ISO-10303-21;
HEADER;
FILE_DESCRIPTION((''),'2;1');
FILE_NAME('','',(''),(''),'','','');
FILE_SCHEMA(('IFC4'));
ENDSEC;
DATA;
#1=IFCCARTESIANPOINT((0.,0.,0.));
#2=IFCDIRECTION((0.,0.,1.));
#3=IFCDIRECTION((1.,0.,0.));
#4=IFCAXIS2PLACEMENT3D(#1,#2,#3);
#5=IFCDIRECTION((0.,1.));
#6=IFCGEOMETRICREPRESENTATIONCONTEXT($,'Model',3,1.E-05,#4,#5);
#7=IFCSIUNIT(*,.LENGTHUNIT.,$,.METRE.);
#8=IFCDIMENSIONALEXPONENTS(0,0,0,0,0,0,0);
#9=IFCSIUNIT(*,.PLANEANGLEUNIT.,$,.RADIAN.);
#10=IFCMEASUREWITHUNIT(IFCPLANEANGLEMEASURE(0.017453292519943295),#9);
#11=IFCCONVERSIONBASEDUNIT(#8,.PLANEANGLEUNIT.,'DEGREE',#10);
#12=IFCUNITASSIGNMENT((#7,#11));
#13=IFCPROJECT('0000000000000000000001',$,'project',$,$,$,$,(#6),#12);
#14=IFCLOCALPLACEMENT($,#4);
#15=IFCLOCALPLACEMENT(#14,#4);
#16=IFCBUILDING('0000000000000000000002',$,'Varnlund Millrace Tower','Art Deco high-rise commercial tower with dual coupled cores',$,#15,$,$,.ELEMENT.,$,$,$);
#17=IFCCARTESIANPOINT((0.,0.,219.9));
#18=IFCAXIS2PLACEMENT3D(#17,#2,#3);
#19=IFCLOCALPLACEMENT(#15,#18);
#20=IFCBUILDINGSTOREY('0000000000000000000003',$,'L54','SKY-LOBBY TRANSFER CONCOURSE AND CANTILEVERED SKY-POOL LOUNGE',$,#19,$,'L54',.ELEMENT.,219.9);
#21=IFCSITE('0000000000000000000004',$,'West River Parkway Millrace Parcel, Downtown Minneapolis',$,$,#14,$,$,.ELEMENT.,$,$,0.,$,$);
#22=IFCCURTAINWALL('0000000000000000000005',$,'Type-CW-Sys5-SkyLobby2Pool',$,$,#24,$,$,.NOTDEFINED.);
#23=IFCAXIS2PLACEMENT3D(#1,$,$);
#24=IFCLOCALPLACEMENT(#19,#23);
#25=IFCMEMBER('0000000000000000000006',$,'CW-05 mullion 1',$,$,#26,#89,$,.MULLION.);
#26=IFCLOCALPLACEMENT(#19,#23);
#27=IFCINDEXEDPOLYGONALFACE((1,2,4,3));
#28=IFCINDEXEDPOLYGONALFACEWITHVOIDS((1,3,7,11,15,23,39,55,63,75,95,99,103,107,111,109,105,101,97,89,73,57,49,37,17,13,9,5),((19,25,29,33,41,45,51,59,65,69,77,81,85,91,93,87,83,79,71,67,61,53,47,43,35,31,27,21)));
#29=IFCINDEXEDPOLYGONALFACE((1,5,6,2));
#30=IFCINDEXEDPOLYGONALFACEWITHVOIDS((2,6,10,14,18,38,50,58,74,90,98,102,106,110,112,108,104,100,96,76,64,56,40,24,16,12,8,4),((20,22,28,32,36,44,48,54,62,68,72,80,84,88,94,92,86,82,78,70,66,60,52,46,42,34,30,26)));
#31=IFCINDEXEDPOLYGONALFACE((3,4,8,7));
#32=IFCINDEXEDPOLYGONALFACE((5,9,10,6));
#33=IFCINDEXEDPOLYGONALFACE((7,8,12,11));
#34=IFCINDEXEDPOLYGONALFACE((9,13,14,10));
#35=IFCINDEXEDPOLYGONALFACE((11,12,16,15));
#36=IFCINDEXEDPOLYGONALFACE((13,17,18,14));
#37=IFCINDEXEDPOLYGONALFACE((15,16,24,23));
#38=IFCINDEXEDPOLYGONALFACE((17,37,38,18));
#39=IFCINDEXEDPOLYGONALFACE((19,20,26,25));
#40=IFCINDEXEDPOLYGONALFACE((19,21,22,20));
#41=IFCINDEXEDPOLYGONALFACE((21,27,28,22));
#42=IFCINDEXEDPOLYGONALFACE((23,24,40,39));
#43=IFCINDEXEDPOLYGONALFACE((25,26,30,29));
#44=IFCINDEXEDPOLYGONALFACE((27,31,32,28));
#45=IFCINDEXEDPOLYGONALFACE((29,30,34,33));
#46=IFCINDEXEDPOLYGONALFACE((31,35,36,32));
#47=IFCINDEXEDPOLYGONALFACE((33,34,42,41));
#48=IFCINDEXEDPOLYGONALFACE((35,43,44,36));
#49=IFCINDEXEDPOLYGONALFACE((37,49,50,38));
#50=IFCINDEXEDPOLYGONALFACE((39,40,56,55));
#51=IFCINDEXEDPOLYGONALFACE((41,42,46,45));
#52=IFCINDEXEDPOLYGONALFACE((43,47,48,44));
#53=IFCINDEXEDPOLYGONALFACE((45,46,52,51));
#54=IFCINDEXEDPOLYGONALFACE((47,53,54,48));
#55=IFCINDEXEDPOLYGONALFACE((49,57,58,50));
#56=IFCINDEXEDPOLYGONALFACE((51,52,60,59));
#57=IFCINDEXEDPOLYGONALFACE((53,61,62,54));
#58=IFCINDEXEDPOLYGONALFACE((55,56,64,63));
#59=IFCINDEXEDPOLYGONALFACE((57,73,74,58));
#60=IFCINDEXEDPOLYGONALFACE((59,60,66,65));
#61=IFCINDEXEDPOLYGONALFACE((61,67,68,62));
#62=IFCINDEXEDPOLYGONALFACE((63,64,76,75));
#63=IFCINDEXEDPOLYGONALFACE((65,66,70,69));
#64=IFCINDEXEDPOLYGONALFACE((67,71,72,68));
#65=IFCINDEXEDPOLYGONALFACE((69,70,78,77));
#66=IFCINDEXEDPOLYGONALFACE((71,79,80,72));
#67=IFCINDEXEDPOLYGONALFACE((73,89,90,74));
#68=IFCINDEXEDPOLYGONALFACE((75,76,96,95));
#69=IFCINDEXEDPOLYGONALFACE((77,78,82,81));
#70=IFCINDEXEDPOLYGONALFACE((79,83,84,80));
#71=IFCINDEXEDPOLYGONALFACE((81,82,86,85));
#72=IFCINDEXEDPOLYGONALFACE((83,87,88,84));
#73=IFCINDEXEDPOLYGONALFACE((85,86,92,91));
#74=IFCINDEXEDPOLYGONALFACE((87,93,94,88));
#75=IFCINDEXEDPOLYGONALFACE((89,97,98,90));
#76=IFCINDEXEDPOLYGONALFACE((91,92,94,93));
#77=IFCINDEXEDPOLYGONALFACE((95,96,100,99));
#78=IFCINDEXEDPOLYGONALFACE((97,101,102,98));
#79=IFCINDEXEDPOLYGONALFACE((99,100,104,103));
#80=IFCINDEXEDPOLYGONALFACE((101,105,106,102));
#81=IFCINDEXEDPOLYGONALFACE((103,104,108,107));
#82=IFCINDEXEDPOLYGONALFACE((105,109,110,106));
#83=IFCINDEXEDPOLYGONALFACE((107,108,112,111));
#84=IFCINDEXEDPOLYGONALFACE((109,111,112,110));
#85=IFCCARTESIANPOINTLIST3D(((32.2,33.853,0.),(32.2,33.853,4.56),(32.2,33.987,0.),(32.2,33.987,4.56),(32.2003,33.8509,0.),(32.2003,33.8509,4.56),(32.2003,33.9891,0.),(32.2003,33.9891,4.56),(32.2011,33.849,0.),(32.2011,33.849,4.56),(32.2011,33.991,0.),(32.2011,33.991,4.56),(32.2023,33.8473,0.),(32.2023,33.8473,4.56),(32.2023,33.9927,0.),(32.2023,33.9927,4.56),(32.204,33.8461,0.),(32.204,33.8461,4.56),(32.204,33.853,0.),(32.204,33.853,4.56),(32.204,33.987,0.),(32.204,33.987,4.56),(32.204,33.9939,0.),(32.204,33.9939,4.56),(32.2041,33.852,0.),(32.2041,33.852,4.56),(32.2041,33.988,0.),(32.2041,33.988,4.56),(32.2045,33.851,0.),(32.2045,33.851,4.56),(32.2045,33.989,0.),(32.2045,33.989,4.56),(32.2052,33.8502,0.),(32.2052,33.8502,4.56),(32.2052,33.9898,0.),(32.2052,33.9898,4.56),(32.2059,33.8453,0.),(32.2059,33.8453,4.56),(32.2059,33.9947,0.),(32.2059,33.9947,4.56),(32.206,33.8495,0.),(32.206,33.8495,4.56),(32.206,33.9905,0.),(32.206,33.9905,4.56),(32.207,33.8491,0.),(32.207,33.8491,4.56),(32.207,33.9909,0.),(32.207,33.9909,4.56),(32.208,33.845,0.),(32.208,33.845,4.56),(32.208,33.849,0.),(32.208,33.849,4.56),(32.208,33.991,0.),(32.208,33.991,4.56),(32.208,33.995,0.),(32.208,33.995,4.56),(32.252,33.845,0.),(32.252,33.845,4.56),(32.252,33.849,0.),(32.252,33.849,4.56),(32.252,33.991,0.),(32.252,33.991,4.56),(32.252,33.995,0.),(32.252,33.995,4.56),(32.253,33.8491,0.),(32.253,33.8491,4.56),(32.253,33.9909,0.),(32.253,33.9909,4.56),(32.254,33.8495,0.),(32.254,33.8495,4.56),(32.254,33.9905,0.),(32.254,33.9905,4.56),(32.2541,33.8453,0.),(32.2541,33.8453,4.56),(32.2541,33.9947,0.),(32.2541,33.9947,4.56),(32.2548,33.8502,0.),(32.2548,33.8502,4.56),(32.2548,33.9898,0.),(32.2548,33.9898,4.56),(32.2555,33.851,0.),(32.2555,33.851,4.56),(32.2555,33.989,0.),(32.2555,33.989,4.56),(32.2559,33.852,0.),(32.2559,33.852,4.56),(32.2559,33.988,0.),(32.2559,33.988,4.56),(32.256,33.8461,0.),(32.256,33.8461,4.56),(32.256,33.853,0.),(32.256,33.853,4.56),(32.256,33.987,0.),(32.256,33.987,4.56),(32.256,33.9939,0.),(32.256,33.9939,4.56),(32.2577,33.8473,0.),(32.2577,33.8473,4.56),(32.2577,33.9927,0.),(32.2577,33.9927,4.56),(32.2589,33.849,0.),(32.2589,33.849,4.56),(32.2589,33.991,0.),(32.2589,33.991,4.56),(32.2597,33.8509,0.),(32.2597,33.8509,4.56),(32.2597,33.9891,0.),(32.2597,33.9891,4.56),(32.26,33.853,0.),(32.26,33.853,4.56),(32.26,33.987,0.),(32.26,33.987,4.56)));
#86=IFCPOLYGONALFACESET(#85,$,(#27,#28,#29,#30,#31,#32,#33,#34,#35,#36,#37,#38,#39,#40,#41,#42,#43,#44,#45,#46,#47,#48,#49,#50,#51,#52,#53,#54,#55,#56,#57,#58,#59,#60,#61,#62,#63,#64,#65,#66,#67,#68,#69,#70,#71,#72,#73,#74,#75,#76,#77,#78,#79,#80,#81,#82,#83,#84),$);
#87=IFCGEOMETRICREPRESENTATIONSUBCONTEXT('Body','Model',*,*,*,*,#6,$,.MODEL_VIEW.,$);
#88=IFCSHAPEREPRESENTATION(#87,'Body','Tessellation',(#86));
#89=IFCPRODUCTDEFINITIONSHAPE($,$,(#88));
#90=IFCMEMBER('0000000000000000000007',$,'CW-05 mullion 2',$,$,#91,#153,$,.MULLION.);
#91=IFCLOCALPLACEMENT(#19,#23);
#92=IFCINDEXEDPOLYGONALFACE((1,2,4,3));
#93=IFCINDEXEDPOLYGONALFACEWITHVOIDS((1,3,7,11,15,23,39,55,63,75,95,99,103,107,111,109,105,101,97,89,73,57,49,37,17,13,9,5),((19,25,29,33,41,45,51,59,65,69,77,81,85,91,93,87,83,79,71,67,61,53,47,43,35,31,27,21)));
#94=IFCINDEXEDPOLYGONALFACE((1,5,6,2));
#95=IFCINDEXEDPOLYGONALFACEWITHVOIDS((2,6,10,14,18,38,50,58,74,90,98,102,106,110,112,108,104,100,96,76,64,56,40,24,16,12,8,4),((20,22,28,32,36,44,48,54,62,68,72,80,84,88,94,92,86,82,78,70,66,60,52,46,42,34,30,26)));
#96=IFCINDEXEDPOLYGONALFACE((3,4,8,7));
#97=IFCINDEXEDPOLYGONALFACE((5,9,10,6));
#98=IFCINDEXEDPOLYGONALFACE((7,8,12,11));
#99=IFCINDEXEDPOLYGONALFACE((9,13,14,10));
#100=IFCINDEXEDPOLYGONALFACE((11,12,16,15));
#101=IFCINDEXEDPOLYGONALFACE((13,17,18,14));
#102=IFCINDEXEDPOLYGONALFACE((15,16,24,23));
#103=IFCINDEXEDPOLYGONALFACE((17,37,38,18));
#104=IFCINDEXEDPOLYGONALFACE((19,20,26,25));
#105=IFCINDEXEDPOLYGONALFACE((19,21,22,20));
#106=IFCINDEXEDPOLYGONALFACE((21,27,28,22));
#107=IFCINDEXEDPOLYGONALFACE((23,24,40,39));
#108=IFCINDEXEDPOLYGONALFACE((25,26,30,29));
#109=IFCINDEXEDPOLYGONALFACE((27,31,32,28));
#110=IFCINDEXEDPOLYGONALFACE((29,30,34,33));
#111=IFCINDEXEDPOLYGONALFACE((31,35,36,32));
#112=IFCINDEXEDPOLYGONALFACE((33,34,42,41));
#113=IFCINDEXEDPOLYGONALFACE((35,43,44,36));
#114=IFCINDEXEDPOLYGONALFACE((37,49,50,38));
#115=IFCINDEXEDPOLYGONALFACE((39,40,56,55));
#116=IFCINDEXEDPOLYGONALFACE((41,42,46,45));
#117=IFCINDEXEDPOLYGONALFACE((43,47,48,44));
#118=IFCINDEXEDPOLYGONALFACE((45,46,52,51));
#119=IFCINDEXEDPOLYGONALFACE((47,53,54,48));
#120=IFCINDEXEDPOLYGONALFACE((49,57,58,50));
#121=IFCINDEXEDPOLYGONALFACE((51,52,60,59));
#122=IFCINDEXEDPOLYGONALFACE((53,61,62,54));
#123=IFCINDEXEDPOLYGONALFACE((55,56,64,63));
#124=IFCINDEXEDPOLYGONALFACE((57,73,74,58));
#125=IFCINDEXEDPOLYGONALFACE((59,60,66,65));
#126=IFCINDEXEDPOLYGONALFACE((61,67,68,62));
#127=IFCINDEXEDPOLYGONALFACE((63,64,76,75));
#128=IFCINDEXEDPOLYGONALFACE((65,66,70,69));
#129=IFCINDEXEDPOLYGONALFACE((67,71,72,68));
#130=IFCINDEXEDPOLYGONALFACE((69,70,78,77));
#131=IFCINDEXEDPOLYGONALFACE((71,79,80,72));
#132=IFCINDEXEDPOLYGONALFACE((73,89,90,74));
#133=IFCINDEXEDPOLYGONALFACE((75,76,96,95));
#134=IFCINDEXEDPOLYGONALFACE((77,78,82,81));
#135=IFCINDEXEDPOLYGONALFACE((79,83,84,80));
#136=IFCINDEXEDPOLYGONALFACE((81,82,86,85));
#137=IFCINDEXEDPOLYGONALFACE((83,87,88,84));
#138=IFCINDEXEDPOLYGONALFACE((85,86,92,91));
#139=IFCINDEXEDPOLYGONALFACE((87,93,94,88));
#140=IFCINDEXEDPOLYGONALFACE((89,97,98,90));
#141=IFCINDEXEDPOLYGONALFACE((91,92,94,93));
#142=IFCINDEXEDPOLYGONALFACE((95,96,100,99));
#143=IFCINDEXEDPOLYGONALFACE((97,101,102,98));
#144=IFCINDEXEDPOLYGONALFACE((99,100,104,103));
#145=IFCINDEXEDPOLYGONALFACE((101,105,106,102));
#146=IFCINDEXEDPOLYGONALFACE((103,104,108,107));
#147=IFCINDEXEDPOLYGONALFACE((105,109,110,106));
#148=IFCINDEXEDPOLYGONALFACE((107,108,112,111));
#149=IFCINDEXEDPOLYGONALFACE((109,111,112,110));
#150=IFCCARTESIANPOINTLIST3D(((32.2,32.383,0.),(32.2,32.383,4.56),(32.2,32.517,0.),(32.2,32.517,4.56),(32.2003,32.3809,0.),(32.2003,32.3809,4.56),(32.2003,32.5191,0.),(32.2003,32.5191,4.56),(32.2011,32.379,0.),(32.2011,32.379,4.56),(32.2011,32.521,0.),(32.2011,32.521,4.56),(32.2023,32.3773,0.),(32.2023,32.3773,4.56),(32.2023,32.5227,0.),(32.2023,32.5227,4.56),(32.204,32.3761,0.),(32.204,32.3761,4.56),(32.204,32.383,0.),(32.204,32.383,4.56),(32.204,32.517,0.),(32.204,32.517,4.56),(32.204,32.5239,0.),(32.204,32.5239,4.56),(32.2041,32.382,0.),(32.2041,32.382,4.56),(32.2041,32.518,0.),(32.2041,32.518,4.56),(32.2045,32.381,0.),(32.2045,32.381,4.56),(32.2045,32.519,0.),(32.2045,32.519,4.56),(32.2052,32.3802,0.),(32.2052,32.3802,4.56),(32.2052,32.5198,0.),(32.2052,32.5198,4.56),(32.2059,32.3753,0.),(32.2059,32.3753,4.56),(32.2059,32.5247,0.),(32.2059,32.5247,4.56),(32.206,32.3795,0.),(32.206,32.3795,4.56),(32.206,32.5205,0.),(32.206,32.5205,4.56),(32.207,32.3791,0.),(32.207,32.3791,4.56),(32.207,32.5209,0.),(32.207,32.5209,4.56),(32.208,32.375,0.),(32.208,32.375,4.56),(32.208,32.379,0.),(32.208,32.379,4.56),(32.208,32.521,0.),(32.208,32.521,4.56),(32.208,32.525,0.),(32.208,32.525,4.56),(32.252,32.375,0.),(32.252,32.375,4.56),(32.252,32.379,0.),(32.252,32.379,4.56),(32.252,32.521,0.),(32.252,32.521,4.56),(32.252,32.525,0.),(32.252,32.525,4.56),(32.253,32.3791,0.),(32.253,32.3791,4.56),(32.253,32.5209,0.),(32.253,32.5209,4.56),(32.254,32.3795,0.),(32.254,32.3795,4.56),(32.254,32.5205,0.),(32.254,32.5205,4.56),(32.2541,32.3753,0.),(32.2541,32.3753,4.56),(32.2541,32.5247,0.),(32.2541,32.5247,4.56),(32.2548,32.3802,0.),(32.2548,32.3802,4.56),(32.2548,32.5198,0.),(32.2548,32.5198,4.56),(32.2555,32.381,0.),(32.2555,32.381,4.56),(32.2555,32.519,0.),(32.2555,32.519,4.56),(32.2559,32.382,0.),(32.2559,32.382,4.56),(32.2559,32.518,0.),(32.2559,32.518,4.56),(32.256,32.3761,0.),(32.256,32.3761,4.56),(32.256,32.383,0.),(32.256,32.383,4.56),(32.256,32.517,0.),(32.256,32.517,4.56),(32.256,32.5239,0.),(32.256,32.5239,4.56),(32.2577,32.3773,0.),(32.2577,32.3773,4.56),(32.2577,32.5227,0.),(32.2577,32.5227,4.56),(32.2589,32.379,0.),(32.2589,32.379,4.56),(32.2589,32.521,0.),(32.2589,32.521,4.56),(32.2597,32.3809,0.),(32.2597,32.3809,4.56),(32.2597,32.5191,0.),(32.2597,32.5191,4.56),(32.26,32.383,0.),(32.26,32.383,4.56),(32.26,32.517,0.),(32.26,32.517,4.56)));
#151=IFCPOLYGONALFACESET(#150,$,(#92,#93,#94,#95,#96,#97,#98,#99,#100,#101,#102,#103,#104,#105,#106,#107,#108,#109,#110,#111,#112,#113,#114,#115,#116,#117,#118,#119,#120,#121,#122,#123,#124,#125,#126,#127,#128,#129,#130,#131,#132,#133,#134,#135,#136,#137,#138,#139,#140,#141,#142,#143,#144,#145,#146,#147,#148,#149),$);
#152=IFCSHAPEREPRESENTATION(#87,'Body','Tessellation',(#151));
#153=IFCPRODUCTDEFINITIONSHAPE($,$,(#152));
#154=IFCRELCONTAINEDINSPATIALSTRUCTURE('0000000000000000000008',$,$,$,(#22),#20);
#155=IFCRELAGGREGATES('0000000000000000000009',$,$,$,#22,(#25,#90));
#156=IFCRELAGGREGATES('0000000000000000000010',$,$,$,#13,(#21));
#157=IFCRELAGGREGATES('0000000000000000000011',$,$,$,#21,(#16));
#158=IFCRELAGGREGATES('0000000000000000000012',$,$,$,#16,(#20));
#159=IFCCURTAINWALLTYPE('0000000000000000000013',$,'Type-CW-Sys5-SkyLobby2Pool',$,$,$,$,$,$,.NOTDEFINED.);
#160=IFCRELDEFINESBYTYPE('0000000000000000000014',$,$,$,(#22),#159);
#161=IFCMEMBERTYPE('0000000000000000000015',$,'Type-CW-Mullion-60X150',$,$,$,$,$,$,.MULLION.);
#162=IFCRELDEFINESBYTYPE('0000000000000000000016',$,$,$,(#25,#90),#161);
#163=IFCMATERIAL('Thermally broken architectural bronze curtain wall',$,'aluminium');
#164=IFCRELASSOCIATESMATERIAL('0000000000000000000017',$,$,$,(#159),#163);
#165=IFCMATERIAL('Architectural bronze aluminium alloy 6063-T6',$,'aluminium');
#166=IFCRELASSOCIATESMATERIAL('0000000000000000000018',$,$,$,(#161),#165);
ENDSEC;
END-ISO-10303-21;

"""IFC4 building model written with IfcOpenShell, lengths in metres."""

from ifc_helpers import new_model, entity, si_unit, converted_unit, direction, frame, origin_with_axes, origin_2d_with_axis, place, context, subcontext, project, spatial, hollow_rectangle, extrude, material, material_profile, profile_set, type_object, element, aggregate, save


model = new_model("IFC4")

# Units and contexts
model_context = context("Model", 3, precision=1e-05, world=origin_with_axes(), true_north=direction((0.0, 1.0)))
body_context = subcontext(model_context, "Body", "Model", "MODEL_VIEW")
ifc_project = project(units=[si_unit("LENGTHUNIT", "METRE"), converted_unit("PLANEANGLEUNIT", "DEGREE", entity("IfcPlaneAngleMeasure", 0.017453292519943295), si_unit("PLANEANGLEUNIT", "RADIAN"), dimensions=[0, 0, 0, 0, 0, 0, 0])], contexts=[model_context])

# Site, building, storey
site_placement = place(None, origin_with_axes())
site = spatial("IfcSite", under=ifc_project, at=site_placement, Name="West River Parkway Millrace Parcel, Downtown Minneapolis", CompositionType="ELEMENT", RefElevation=0.0)
building_placement = place(site_placement, origin_with_axes())
building = spatial("IfcBuilding", under=site, at=building_placement, Name="Varnlund Millrace Tower", Description="Art Deco high-rise commercial tower with dual coupled cores", CompositionType="ELEMENT")
storey_placement = place(building_placement, frame((0.0, 0.0, 219.9), z_axis=(0.0, 0.0, 1.0), x_axis=(1.0, 0.0, 0.0)))
storey = spatial("IfcBuildingStorey", under=building, at=storey_placement, Name="L54", Description="SKY-LOBBY TRANSFER CONCOURSE AND CANTILEVERED SKY-POOL LOUNGE", LongName="L54", CompositionType="ELEMENT", Elevation=219.9)

# Curtain wall, members
ifc_material_1 = material(Name="Thermally broken architectural bronze curtain wall", Category="aluminium")
curtain_wall_type = type_object("IfcCurtainWallType", Name="Type-CW-Sys5-SkyLobby2Pool", PredefinedType="NOTDEFINED", material=ifc_material_1)
curtain_wall_placement = place(storey_placement, frame((32.23, 33.95, 0.0), z_axis=(0.0, 0.0, 1.0), x_axis=(1.0, 0.0, 0.0)))
curtain_wall = element("IfcCurtainWall", 1, at=curtain_wall_placement, inside=storey, type_object=curtain_wall_type, Name="Type-CW-Sys5-SkyLobby2Pool", PredefinedType="NOTDEFINED")
ifc_material_2 = material(Name="Architectural bronze aluminium alloy 6063-T6", Category="aluminium")
ifc_material_profile_1 = material_profile(ifc_material_2, hollow_rectangle(XDim=0.06, YDim=0.15, WallThickness=0.004, InnerFilletRadius=0.004, OuterFilletRadius=0.008, at=origin_2d_with_axis()), Name="Architectural bronze aluminium alloy 6063-T6")
ifc_profile_set_1 = profile_set([ifc_material_profile_1], Name="Architectural bronze aluminium alloy 6063-T6")
member_type_1 = type_object("IfcMemberType", Name="Type-CW-Mullion-60X150", PredefinedType="MULLION", material=ifc_profile_set_1)
member_1_placement = place(storey_placement, frame((32.23, 33.92, 0.0), z_axis=(0.0, 0.0, 1.0), x_axis=(1.0, 0.0, 0.0)))
member_1 = element("IfcMember", 2, at=member_1_placement, type_object=member_type_1, Name="CW-05 mullion 1", PredefinedType="MULLION", context=body_context, shape_type="SweptSolid", body=[
    extrude(hollow_rectangle(XDim=0.06, YDim=0.15, WallThickness=0.004, InnerFilletRadius=0.004, OuterFilletRadius=0.008, at=origin_2d_with_axis()), origin_with_axes(), (0.0, 0.0, 1.0), 4.56),
])
member_2_placement = place(storey_placement, frame((32.23, 32.45, 0.0), z_axis=(0.0, 0.0, 1.0), x_axis=(1.0, 0.0, 0.0)))
member_2 = element("IfcMember", 3, at=member_2_placement, type_object=member_type_1, Name="CW-05 mullion 2", PredefinedType="MULLION", context=body_context, shape_type="SweptSolid", body=[
    extrude(hollow_rectangle(XDim=0.06, YDim=0.15, WallThickness=0.004, InnerFilletRadius=0.004, OuterFilletRadius=0.008, at=origin_2d_with_axis()), origin_with_axes(), (0.0, 0.0, 1.0), 4.56),
])
aggregate(curtain_wall, [member_1, member_2])

save(model, "model.ifc")
